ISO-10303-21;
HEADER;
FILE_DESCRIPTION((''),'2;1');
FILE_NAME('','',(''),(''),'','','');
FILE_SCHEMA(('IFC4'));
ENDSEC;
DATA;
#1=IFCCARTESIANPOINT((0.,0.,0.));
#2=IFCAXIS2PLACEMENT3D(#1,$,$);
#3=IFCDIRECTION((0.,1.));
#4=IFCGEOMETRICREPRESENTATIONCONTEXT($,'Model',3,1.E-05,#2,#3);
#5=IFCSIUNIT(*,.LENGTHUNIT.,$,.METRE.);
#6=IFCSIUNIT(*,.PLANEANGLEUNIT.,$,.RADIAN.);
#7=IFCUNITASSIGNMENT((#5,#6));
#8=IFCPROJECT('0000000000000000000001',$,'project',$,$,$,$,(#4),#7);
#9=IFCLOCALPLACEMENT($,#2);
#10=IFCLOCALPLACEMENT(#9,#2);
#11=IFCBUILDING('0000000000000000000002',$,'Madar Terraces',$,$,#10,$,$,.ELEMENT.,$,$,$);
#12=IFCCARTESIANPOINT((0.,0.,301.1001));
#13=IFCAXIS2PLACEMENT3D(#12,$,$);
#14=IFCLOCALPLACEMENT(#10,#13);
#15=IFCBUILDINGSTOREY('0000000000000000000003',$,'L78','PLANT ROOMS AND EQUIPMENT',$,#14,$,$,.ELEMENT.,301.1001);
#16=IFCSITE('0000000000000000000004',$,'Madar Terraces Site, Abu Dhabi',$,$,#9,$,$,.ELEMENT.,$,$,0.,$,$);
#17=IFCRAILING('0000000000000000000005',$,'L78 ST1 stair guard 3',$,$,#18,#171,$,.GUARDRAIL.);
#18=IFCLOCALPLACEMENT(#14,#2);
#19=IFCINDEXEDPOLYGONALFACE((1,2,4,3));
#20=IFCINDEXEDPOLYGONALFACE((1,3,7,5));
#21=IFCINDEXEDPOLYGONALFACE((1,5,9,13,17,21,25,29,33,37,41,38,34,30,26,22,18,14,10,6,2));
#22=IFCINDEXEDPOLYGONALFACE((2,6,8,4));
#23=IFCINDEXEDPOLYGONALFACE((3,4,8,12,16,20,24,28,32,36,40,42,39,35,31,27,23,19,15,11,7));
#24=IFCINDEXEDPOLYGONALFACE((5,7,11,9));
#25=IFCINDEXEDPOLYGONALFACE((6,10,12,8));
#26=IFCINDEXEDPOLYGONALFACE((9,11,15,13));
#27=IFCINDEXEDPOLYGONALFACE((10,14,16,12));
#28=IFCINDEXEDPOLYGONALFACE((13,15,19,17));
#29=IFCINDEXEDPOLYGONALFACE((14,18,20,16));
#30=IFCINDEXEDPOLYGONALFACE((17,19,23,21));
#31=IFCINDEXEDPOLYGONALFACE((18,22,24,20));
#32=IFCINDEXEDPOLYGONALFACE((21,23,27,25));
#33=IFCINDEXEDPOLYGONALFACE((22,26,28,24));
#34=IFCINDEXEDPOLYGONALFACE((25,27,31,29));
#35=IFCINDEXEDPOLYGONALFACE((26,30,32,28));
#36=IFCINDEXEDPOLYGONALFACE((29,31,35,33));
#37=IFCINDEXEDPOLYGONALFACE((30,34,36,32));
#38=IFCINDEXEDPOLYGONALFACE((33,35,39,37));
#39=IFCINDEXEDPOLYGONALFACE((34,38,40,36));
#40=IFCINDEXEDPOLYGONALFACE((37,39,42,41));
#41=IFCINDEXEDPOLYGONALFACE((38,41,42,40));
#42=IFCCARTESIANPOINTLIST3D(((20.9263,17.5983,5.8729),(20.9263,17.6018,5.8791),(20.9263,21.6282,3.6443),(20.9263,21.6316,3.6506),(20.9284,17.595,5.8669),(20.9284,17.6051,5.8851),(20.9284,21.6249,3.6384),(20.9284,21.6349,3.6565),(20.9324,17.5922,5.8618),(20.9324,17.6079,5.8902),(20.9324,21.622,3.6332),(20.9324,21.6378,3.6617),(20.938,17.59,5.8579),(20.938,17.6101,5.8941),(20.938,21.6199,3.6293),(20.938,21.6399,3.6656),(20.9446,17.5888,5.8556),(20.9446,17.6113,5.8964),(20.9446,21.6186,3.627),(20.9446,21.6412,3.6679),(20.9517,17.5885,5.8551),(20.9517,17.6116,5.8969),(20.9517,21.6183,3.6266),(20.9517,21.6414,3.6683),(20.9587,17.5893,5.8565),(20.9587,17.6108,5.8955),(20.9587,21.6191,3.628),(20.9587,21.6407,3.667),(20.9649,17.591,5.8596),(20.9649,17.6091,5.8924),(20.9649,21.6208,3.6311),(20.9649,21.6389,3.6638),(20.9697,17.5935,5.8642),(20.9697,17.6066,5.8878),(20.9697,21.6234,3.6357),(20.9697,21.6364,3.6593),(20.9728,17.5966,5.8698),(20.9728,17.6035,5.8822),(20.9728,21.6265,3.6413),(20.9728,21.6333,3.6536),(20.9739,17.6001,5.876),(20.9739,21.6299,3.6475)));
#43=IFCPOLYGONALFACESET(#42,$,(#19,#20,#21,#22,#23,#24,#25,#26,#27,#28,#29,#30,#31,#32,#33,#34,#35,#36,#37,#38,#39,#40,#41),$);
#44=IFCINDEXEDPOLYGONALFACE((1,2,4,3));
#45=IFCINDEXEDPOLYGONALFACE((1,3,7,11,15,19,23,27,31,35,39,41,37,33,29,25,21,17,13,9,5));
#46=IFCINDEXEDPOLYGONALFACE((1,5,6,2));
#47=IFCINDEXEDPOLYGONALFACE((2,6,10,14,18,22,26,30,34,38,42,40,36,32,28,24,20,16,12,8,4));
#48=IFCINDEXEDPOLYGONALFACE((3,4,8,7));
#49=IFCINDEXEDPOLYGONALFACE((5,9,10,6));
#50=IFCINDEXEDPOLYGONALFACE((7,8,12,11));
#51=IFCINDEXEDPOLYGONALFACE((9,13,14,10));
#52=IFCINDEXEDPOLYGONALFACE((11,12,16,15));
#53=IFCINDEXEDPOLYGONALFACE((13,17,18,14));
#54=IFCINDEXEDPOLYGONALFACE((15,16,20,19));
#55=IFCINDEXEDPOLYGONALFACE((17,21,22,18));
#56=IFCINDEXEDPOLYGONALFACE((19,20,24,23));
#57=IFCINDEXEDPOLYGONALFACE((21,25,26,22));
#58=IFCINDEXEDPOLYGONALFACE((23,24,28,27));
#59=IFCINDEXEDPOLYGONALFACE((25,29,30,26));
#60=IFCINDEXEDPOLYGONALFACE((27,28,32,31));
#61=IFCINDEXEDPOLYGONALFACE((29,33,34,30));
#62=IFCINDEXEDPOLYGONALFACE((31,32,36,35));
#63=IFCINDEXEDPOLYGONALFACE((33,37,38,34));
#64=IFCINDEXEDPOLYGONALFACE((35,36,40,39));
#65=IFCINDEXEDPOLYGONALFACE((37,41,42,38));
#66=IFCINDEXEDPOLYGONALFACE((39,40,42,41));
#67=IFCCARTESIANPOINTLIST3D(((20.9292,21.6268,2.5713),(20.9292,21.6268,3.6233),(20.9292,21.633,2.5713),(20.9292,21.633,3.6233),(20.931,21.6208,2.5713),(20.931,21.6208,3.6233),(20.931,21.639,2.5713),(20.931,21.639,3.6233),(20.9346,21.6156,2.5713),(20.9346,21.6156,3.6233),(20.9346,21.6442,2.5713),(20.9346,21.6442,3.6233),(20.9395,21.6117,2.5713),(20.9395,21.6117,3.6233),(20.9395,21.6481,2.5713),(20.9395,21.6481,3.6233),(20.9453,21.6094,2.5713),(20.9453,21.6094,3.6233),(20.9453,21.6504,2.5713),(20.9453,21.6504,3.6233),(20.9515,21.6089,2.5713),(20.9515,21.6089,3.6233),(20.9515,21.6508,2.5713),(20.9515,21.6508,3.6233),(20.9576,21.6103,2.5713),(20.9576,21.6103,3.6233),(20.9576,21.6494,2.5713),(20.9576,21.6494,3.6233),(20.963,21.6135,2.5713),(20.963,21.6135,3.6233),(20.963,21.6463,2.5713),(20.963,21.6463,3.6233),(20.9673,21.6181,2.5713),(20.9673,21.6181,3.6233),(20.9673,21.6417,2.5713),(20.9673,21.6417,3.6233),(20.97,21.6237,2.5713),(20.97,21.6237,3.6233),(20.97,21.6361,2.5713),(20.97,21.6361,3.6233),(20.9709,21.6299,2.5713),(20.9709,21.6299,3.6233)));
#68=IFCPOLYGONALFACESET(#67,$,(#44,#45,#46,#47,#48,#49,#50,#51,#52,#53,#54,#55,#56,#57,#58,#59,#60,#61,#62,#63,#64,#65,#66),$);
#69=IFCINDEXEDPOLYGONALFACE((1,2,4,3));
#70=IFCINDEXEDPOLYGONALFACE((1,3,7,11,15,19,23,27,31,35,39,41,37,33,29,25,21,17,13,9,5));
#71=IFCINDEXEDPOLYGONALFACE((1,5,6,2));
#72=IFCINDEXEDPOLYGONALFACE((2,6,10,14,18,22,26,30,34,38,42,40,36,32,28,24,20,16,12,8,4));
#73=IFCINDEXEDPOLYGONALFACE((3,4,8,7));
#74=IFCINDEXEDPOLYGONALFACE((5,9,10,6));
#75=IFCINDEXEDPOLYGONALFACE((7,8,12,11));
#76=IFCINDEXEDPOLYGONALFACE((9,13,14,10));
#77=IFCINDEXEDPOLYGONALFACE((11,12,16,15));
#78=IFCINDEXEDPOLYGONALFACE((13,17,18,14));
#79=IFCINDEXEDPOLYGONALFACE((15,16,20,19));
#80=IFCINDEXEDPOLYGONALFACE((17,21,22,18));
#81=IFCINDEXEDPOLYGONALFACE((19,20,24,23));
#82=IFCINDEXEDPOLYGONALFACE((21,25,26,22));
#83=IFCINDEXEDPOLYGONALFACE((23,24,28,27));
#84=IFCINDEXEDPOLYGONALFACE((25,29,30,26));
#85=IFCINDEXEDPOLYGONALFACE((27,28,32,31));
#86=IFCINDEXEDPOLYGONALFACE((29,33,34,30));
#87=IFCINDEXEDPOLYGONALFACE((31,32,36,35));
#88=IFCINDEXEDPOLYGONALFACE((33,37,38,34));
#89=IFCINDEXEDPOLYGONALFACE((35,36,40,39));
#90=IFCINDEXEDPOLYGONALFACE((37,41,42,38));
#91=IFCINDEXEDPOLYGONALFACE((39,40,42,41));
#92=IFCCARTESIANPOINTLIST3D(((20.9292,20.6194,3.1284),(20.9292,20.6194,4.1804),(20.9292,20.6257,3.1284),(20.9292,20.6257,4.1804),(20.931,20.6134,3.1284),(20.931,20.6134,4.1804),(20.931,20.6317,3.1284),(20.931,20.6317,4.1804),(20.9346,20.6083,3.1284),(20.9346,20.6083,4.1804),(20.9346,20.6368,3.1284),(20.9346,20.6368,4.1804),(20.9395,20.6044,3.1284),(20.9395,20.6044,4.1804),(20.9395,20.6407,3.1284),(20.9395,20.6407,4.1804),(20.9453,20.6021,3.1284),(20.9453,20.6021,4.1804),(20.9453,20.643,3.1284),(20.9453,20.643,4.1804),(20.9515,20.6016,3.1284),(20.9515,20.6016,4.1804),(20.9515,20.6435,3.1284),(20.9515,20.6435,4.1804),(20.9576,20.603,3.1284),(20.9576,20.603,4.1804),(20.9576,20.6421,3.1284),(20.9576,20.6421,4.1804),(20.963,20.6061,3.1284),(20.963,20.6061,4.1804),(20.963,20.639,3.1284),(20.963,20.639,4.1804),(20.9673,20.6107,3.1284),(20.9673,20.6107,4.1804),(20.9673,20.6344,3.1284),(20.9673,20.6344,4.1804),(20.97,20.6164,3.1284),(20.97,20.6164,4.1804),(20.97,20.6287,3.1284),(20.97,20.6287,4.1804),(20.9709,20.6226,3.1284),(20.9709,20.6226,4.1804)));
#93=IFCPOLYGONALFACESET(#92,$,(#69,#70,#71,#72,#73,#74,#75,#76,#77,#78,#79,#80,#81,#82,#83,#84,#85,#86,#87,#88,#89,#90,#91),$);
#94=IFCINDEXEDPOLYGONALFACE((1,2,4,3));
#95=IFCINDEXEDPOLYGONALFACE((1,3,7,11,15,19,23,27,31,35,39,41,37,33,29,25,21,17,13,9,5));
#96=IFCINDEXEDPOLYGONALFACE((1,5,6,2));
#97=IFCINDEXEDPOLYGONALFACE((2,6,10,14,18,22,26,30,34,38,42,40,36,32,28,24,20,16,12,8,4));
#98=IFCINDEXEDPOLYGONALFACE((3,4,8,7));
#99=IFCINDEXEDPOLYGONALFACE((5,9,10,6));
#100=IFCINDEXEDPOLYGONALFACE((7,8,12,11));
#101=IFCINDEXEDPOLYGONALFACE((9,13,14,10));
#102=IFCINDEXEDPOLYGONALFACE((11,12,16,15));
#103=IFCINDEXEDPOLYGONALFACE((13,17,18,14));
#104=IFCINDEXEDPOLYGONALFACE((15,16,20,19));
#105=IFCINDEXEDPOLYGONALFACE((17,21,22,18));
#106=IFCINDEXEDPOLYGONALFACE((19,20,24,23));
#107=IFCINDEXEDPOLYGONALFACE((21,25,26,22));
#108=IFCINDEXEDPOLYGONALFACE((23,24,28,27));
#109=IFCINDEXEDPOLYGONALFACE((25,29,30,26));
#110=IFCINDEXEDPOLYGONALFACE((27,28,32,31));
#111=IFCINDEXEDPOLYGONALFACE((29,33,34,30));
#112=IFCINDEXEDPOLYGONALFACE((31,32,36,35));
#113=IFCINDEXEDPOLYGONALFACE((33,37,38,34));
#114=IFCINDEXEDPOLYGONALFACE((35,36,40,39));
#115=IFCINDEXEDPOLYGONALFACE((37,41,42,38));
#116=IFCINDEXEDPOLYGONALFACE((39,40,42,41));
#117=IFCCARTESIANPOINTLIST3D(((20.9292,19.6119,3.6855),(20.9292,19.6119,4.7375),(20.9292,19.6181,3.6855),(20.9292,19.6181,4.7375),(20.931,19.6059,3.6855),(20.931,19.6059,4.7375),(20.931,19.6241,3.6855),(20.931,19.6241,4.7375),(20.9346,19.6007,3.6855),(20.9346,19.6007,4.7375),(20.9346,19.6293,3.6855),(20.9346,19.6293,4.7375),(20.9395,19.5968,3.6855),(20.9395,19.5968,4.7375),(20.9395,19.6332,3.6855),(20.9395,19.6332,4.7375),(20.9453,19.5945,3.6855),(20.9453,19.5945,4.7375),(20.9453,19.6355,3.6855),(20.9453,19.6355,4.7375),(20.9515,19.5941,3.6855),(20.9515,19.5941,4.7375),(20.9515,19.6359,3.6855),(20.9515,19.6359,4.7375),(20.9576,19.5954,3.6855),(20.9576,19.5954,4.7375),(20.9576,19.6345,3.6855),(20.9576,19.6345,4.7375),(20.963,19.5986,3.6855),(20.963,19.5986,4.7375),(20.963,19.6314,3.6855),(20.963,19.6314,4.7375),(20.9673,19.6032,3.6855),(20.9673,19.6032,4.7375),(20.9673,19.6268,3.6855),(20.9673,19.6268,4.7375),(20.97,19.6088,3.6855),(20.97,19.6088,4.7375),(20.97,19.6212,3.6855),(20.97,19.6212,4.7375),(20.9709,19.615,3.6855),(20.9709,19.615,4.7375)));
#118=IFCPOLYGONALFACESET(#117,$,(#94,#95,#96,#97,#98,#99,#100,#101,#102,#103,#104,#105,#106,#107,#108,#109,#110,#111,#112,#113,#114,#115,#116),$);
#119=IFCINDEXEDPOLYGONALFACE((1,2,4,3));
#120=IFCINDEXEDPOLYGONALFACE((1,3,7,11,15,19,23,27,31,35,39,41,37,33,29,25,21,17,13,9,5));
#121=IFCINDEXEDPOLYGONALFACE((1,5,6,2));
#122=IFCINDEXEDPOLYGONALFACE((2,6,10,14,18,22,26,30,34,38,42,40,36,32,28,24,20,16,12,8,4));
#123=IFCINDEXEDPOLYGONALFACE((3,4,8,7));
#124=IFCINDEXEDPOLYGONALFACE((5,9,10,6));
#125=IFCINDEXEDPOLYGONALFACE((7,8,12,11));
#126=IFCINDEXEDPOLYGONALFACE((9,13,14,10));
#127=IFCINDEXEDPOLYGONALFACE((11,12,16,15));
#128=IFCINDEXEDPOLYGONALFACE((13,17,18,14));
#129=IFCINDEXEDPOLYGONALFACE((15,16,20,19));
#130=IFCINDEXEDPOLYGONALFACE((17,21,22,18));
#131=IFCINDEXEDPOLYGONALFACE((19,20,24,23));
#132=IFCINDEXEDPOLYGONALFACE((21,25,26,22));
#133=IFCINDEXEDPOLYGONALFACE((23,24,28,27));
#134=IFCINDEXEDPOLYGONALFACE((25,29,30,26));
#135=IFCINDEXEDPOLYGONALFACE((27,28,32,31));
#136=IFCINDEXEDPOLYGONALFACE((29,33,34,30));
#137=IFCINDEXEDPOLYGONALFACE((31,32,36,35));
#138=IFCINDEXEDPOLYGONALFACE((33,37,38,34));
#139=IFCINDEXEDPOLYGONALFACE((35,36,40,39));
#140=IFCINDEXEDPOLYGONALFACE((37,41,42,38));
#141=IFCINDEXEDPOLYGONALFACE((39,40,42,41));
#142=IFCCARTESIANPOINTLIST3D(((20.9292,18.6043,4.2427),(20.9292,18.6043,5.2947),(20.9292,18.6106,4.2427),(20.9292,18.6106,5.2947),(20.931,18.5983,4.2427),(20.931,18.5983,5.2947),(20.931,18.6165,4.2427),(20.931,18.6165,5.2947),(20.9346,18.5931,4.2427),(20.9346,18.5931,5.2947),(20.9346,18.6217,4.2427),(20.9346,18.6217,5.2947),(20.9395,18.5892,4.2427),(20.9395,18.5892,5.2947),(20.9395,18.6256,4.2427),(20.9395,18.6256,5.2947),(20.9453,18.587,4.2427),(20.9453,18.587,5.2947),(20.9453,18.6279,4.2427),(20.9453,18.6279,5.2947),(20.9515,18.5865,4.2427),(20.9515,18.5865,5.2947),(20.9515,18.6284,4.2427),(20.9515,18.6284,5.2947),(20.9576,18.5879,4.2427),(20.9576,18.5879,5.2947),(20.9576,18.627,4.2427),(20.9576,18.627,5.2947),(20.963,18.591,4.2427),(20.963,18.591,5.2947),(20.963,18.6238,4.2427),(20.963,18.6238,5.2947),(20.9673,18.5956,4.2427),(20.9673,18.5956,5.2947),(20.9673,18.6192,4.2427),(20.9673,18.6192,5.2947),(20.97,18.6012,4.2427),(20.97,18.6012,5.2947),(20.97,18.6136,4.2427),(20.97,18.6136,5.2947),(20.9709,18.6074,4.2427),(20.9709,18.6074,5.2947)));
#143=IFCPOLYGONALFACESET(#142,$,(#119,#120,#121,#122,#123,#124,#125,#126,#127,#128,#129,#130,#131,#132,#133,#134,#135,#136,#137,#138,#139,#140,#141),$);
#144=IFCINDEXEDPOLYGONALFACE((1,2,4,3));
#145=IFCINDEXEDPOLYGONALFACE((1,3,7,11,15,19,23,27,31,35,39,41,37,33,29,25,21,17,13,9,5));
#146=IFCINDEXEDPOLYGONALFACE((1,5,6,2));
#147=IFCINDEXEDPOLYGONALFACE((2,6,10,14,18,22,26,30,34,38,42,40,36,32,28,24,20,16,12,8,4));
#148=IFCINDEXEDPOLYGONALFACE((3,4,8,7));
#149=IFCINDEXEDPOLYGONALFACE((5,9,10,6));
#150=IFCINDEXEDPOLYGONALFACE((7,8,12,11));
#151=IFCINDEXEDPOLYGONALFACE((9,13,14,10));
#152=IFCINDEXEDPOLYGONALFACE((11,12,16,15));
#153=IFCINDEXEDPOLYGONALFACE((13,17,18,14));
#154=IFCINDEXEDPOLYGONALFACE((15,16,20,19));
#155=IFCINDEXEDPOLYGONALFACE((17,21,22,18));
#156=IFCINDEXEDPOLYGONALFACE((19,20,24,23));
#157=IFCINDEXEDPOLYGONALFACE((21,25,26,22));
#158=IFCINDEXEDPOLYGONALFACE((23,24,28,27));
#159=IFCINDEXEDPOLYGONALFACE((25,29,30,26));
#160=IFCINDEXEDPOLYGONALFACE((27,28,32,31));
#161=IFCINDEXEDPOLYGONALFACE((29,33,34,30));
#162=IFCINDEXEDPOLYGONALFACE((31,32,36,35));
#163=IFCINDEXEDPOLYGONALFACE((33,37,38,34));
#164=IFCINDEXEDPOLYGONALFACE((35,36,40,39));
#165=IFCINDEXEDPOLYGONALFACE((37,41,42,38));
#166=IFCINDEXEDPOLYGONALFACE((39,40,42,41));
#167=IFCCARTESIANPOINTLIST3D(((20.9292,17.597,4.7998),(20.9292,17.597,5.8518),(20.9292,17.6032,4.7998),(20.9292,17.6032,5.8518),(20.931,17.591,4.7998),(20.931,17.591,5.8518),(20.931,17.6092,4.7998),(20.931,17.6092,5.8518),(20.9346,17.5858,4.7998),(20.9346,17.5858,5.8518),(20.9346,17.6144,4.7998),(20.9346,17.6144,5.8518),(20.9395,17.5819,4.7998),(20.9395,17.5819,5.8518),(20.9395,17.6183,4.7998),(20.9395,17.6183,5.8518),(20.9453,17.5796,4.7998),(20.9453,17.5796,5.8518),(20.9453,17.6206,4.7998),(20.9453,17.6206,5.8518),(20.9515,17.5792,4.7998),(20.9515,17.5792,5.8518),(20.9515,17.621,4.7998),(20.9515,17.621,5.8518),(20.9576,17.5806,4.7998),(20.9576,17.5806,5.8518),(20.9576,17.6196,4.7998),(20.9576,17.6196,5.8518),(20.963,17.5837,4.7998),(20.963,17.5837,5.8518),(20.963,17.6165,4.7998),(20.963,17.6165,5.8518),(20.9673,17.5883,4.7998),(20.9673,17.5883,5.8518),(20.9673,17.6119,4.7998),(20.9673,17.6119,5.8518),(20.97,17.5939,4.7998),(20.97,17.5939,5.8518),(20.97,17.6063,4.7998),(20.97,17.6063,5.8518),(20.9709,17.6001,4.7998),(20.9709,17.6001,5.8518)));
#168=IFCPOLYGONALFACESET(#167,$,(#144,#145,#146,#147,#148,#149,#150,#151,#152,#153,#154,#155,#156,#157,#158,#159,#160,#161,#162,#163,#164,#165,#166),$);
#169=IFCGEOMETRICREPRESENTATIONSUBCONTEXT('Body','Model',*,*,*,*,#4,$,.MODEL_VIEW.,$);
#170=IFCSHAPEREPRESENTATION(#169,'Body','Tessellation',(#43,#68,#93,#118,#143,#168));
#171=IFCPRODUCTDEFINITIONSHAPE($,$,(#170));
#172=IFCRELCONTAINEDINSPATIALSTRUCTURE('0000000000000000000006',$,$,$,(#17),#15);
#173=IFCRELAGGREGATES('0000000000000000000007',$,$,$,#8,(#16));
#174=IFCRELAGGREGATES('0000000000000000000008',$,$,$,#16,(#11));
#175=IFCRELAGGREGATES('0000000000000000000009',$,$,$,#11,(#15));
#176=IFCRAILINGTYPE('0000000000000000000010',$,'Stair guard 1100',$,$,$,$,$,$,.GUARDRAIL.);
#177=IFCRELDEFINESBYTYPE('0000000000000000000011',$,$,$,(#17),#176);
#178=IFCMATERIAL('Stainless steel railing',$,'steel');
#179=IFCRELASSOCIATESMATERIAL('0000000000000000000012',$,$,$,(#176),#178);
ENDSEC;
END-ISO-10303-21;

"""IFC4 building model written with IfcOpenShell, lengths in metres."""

from ifc_helpers import new_model, si_unit, direction, frame, origin, origin_2d, place, context, subcontext, project, spatial, circle, extrude, material, type_object, element, save


model = new_model("IFC4")

# Units and contexts
model_context = context("Model", 3, precision=1e-05, world=origin(), true_north=direction((0.0, 1.0)))
body_context = subcontext(model_context, "Body", "Model", "MODEL_VIEW")
ifc_project = project(units=[si_unit("LENGTHUNIT", "METRE"), si_unit("PLANEANGLEUNIT", "RADIAN")], contexts=[model_context])

# Site, building, storey
site_placement = place(None, origin())
site = spatial("IfcSite", under=ifc_project, at=site_placement, Name="Madar Terraces Site, Abu Dhabi", CompositionType="ELEMENT", RefElevation=0.0)
building_placement = place(site_placement, origin())
building = spatial("IfcBuilding", under=site, at=building_placement, Name="Madar Terraces", CompositionType="ELEMENT")
storey_placement = place(building_placement, frame((0.0, 0.0, 301.1001)))
storey = spatial("IfcBuildingStorey", under=building, at=storey_placement, Name="L78", Description="PLANT ROOMS AND EQUIPMENT", CompositionType="ELEMENT", Elevation=301.1001)

# Railing
ifc_material_1 = material(Name="Stainless steel railing", Category="steel")
railing_type = type_object("IfcRailingType", Name="Stair guard 1100", PredefinedType="GUARDRAIL", material=ifc_material_1)
railing_1_placement = place(storey_placement, frame((20.95, 21.6299, 2.5713)))
element("IfcRailing", 1, at=railing_1_placement, inside=storey, type_object=railing_type, Name="L78 ST1 stair guard 3", PredefinedType="GUARDRAIL", context=body_context, shape_type="SweptSolid", body=[
    extrude(circle(Radius=0.0239, at=origin_2d()), frame((0.0, 0.0, 1.0762), z_axis=(0.0, -0.875101, 0.48394), x_axis=(1.0, 0.0, 0.0)), (0.0, 0.0, 1.0), 4.605),
    extrude(circle(Radius=0.021, at=origin_2d()), origin(), (0.0, 0.0, 1.0), 1.052),
    extrude(circle(Radius=0.021, at=origin_2d()), frame((0.0, -1.0073, 0.5571)), (0.0, 0.0, 1.0), 1.052),
    extrude(circle(Radius=0.021, at=origin_2d()), frame((0.0, -2.0149, 1.1143)), (0.0, 0.0, 1.0), 1.052),
    extrude(circle(Radius=0.021, at=origin_2d()), frame((0.0, -3.0225, 1.6714)), (0.0, 0.0, 1.0), 1.052),
    extrude(circle(Radius=0.021, at=origin_2d()), frame((0.0, -4.0298, 2.2285)), (0.0, 0.0, 1.0), 1.052),
])

save(model, "model.ifc")
